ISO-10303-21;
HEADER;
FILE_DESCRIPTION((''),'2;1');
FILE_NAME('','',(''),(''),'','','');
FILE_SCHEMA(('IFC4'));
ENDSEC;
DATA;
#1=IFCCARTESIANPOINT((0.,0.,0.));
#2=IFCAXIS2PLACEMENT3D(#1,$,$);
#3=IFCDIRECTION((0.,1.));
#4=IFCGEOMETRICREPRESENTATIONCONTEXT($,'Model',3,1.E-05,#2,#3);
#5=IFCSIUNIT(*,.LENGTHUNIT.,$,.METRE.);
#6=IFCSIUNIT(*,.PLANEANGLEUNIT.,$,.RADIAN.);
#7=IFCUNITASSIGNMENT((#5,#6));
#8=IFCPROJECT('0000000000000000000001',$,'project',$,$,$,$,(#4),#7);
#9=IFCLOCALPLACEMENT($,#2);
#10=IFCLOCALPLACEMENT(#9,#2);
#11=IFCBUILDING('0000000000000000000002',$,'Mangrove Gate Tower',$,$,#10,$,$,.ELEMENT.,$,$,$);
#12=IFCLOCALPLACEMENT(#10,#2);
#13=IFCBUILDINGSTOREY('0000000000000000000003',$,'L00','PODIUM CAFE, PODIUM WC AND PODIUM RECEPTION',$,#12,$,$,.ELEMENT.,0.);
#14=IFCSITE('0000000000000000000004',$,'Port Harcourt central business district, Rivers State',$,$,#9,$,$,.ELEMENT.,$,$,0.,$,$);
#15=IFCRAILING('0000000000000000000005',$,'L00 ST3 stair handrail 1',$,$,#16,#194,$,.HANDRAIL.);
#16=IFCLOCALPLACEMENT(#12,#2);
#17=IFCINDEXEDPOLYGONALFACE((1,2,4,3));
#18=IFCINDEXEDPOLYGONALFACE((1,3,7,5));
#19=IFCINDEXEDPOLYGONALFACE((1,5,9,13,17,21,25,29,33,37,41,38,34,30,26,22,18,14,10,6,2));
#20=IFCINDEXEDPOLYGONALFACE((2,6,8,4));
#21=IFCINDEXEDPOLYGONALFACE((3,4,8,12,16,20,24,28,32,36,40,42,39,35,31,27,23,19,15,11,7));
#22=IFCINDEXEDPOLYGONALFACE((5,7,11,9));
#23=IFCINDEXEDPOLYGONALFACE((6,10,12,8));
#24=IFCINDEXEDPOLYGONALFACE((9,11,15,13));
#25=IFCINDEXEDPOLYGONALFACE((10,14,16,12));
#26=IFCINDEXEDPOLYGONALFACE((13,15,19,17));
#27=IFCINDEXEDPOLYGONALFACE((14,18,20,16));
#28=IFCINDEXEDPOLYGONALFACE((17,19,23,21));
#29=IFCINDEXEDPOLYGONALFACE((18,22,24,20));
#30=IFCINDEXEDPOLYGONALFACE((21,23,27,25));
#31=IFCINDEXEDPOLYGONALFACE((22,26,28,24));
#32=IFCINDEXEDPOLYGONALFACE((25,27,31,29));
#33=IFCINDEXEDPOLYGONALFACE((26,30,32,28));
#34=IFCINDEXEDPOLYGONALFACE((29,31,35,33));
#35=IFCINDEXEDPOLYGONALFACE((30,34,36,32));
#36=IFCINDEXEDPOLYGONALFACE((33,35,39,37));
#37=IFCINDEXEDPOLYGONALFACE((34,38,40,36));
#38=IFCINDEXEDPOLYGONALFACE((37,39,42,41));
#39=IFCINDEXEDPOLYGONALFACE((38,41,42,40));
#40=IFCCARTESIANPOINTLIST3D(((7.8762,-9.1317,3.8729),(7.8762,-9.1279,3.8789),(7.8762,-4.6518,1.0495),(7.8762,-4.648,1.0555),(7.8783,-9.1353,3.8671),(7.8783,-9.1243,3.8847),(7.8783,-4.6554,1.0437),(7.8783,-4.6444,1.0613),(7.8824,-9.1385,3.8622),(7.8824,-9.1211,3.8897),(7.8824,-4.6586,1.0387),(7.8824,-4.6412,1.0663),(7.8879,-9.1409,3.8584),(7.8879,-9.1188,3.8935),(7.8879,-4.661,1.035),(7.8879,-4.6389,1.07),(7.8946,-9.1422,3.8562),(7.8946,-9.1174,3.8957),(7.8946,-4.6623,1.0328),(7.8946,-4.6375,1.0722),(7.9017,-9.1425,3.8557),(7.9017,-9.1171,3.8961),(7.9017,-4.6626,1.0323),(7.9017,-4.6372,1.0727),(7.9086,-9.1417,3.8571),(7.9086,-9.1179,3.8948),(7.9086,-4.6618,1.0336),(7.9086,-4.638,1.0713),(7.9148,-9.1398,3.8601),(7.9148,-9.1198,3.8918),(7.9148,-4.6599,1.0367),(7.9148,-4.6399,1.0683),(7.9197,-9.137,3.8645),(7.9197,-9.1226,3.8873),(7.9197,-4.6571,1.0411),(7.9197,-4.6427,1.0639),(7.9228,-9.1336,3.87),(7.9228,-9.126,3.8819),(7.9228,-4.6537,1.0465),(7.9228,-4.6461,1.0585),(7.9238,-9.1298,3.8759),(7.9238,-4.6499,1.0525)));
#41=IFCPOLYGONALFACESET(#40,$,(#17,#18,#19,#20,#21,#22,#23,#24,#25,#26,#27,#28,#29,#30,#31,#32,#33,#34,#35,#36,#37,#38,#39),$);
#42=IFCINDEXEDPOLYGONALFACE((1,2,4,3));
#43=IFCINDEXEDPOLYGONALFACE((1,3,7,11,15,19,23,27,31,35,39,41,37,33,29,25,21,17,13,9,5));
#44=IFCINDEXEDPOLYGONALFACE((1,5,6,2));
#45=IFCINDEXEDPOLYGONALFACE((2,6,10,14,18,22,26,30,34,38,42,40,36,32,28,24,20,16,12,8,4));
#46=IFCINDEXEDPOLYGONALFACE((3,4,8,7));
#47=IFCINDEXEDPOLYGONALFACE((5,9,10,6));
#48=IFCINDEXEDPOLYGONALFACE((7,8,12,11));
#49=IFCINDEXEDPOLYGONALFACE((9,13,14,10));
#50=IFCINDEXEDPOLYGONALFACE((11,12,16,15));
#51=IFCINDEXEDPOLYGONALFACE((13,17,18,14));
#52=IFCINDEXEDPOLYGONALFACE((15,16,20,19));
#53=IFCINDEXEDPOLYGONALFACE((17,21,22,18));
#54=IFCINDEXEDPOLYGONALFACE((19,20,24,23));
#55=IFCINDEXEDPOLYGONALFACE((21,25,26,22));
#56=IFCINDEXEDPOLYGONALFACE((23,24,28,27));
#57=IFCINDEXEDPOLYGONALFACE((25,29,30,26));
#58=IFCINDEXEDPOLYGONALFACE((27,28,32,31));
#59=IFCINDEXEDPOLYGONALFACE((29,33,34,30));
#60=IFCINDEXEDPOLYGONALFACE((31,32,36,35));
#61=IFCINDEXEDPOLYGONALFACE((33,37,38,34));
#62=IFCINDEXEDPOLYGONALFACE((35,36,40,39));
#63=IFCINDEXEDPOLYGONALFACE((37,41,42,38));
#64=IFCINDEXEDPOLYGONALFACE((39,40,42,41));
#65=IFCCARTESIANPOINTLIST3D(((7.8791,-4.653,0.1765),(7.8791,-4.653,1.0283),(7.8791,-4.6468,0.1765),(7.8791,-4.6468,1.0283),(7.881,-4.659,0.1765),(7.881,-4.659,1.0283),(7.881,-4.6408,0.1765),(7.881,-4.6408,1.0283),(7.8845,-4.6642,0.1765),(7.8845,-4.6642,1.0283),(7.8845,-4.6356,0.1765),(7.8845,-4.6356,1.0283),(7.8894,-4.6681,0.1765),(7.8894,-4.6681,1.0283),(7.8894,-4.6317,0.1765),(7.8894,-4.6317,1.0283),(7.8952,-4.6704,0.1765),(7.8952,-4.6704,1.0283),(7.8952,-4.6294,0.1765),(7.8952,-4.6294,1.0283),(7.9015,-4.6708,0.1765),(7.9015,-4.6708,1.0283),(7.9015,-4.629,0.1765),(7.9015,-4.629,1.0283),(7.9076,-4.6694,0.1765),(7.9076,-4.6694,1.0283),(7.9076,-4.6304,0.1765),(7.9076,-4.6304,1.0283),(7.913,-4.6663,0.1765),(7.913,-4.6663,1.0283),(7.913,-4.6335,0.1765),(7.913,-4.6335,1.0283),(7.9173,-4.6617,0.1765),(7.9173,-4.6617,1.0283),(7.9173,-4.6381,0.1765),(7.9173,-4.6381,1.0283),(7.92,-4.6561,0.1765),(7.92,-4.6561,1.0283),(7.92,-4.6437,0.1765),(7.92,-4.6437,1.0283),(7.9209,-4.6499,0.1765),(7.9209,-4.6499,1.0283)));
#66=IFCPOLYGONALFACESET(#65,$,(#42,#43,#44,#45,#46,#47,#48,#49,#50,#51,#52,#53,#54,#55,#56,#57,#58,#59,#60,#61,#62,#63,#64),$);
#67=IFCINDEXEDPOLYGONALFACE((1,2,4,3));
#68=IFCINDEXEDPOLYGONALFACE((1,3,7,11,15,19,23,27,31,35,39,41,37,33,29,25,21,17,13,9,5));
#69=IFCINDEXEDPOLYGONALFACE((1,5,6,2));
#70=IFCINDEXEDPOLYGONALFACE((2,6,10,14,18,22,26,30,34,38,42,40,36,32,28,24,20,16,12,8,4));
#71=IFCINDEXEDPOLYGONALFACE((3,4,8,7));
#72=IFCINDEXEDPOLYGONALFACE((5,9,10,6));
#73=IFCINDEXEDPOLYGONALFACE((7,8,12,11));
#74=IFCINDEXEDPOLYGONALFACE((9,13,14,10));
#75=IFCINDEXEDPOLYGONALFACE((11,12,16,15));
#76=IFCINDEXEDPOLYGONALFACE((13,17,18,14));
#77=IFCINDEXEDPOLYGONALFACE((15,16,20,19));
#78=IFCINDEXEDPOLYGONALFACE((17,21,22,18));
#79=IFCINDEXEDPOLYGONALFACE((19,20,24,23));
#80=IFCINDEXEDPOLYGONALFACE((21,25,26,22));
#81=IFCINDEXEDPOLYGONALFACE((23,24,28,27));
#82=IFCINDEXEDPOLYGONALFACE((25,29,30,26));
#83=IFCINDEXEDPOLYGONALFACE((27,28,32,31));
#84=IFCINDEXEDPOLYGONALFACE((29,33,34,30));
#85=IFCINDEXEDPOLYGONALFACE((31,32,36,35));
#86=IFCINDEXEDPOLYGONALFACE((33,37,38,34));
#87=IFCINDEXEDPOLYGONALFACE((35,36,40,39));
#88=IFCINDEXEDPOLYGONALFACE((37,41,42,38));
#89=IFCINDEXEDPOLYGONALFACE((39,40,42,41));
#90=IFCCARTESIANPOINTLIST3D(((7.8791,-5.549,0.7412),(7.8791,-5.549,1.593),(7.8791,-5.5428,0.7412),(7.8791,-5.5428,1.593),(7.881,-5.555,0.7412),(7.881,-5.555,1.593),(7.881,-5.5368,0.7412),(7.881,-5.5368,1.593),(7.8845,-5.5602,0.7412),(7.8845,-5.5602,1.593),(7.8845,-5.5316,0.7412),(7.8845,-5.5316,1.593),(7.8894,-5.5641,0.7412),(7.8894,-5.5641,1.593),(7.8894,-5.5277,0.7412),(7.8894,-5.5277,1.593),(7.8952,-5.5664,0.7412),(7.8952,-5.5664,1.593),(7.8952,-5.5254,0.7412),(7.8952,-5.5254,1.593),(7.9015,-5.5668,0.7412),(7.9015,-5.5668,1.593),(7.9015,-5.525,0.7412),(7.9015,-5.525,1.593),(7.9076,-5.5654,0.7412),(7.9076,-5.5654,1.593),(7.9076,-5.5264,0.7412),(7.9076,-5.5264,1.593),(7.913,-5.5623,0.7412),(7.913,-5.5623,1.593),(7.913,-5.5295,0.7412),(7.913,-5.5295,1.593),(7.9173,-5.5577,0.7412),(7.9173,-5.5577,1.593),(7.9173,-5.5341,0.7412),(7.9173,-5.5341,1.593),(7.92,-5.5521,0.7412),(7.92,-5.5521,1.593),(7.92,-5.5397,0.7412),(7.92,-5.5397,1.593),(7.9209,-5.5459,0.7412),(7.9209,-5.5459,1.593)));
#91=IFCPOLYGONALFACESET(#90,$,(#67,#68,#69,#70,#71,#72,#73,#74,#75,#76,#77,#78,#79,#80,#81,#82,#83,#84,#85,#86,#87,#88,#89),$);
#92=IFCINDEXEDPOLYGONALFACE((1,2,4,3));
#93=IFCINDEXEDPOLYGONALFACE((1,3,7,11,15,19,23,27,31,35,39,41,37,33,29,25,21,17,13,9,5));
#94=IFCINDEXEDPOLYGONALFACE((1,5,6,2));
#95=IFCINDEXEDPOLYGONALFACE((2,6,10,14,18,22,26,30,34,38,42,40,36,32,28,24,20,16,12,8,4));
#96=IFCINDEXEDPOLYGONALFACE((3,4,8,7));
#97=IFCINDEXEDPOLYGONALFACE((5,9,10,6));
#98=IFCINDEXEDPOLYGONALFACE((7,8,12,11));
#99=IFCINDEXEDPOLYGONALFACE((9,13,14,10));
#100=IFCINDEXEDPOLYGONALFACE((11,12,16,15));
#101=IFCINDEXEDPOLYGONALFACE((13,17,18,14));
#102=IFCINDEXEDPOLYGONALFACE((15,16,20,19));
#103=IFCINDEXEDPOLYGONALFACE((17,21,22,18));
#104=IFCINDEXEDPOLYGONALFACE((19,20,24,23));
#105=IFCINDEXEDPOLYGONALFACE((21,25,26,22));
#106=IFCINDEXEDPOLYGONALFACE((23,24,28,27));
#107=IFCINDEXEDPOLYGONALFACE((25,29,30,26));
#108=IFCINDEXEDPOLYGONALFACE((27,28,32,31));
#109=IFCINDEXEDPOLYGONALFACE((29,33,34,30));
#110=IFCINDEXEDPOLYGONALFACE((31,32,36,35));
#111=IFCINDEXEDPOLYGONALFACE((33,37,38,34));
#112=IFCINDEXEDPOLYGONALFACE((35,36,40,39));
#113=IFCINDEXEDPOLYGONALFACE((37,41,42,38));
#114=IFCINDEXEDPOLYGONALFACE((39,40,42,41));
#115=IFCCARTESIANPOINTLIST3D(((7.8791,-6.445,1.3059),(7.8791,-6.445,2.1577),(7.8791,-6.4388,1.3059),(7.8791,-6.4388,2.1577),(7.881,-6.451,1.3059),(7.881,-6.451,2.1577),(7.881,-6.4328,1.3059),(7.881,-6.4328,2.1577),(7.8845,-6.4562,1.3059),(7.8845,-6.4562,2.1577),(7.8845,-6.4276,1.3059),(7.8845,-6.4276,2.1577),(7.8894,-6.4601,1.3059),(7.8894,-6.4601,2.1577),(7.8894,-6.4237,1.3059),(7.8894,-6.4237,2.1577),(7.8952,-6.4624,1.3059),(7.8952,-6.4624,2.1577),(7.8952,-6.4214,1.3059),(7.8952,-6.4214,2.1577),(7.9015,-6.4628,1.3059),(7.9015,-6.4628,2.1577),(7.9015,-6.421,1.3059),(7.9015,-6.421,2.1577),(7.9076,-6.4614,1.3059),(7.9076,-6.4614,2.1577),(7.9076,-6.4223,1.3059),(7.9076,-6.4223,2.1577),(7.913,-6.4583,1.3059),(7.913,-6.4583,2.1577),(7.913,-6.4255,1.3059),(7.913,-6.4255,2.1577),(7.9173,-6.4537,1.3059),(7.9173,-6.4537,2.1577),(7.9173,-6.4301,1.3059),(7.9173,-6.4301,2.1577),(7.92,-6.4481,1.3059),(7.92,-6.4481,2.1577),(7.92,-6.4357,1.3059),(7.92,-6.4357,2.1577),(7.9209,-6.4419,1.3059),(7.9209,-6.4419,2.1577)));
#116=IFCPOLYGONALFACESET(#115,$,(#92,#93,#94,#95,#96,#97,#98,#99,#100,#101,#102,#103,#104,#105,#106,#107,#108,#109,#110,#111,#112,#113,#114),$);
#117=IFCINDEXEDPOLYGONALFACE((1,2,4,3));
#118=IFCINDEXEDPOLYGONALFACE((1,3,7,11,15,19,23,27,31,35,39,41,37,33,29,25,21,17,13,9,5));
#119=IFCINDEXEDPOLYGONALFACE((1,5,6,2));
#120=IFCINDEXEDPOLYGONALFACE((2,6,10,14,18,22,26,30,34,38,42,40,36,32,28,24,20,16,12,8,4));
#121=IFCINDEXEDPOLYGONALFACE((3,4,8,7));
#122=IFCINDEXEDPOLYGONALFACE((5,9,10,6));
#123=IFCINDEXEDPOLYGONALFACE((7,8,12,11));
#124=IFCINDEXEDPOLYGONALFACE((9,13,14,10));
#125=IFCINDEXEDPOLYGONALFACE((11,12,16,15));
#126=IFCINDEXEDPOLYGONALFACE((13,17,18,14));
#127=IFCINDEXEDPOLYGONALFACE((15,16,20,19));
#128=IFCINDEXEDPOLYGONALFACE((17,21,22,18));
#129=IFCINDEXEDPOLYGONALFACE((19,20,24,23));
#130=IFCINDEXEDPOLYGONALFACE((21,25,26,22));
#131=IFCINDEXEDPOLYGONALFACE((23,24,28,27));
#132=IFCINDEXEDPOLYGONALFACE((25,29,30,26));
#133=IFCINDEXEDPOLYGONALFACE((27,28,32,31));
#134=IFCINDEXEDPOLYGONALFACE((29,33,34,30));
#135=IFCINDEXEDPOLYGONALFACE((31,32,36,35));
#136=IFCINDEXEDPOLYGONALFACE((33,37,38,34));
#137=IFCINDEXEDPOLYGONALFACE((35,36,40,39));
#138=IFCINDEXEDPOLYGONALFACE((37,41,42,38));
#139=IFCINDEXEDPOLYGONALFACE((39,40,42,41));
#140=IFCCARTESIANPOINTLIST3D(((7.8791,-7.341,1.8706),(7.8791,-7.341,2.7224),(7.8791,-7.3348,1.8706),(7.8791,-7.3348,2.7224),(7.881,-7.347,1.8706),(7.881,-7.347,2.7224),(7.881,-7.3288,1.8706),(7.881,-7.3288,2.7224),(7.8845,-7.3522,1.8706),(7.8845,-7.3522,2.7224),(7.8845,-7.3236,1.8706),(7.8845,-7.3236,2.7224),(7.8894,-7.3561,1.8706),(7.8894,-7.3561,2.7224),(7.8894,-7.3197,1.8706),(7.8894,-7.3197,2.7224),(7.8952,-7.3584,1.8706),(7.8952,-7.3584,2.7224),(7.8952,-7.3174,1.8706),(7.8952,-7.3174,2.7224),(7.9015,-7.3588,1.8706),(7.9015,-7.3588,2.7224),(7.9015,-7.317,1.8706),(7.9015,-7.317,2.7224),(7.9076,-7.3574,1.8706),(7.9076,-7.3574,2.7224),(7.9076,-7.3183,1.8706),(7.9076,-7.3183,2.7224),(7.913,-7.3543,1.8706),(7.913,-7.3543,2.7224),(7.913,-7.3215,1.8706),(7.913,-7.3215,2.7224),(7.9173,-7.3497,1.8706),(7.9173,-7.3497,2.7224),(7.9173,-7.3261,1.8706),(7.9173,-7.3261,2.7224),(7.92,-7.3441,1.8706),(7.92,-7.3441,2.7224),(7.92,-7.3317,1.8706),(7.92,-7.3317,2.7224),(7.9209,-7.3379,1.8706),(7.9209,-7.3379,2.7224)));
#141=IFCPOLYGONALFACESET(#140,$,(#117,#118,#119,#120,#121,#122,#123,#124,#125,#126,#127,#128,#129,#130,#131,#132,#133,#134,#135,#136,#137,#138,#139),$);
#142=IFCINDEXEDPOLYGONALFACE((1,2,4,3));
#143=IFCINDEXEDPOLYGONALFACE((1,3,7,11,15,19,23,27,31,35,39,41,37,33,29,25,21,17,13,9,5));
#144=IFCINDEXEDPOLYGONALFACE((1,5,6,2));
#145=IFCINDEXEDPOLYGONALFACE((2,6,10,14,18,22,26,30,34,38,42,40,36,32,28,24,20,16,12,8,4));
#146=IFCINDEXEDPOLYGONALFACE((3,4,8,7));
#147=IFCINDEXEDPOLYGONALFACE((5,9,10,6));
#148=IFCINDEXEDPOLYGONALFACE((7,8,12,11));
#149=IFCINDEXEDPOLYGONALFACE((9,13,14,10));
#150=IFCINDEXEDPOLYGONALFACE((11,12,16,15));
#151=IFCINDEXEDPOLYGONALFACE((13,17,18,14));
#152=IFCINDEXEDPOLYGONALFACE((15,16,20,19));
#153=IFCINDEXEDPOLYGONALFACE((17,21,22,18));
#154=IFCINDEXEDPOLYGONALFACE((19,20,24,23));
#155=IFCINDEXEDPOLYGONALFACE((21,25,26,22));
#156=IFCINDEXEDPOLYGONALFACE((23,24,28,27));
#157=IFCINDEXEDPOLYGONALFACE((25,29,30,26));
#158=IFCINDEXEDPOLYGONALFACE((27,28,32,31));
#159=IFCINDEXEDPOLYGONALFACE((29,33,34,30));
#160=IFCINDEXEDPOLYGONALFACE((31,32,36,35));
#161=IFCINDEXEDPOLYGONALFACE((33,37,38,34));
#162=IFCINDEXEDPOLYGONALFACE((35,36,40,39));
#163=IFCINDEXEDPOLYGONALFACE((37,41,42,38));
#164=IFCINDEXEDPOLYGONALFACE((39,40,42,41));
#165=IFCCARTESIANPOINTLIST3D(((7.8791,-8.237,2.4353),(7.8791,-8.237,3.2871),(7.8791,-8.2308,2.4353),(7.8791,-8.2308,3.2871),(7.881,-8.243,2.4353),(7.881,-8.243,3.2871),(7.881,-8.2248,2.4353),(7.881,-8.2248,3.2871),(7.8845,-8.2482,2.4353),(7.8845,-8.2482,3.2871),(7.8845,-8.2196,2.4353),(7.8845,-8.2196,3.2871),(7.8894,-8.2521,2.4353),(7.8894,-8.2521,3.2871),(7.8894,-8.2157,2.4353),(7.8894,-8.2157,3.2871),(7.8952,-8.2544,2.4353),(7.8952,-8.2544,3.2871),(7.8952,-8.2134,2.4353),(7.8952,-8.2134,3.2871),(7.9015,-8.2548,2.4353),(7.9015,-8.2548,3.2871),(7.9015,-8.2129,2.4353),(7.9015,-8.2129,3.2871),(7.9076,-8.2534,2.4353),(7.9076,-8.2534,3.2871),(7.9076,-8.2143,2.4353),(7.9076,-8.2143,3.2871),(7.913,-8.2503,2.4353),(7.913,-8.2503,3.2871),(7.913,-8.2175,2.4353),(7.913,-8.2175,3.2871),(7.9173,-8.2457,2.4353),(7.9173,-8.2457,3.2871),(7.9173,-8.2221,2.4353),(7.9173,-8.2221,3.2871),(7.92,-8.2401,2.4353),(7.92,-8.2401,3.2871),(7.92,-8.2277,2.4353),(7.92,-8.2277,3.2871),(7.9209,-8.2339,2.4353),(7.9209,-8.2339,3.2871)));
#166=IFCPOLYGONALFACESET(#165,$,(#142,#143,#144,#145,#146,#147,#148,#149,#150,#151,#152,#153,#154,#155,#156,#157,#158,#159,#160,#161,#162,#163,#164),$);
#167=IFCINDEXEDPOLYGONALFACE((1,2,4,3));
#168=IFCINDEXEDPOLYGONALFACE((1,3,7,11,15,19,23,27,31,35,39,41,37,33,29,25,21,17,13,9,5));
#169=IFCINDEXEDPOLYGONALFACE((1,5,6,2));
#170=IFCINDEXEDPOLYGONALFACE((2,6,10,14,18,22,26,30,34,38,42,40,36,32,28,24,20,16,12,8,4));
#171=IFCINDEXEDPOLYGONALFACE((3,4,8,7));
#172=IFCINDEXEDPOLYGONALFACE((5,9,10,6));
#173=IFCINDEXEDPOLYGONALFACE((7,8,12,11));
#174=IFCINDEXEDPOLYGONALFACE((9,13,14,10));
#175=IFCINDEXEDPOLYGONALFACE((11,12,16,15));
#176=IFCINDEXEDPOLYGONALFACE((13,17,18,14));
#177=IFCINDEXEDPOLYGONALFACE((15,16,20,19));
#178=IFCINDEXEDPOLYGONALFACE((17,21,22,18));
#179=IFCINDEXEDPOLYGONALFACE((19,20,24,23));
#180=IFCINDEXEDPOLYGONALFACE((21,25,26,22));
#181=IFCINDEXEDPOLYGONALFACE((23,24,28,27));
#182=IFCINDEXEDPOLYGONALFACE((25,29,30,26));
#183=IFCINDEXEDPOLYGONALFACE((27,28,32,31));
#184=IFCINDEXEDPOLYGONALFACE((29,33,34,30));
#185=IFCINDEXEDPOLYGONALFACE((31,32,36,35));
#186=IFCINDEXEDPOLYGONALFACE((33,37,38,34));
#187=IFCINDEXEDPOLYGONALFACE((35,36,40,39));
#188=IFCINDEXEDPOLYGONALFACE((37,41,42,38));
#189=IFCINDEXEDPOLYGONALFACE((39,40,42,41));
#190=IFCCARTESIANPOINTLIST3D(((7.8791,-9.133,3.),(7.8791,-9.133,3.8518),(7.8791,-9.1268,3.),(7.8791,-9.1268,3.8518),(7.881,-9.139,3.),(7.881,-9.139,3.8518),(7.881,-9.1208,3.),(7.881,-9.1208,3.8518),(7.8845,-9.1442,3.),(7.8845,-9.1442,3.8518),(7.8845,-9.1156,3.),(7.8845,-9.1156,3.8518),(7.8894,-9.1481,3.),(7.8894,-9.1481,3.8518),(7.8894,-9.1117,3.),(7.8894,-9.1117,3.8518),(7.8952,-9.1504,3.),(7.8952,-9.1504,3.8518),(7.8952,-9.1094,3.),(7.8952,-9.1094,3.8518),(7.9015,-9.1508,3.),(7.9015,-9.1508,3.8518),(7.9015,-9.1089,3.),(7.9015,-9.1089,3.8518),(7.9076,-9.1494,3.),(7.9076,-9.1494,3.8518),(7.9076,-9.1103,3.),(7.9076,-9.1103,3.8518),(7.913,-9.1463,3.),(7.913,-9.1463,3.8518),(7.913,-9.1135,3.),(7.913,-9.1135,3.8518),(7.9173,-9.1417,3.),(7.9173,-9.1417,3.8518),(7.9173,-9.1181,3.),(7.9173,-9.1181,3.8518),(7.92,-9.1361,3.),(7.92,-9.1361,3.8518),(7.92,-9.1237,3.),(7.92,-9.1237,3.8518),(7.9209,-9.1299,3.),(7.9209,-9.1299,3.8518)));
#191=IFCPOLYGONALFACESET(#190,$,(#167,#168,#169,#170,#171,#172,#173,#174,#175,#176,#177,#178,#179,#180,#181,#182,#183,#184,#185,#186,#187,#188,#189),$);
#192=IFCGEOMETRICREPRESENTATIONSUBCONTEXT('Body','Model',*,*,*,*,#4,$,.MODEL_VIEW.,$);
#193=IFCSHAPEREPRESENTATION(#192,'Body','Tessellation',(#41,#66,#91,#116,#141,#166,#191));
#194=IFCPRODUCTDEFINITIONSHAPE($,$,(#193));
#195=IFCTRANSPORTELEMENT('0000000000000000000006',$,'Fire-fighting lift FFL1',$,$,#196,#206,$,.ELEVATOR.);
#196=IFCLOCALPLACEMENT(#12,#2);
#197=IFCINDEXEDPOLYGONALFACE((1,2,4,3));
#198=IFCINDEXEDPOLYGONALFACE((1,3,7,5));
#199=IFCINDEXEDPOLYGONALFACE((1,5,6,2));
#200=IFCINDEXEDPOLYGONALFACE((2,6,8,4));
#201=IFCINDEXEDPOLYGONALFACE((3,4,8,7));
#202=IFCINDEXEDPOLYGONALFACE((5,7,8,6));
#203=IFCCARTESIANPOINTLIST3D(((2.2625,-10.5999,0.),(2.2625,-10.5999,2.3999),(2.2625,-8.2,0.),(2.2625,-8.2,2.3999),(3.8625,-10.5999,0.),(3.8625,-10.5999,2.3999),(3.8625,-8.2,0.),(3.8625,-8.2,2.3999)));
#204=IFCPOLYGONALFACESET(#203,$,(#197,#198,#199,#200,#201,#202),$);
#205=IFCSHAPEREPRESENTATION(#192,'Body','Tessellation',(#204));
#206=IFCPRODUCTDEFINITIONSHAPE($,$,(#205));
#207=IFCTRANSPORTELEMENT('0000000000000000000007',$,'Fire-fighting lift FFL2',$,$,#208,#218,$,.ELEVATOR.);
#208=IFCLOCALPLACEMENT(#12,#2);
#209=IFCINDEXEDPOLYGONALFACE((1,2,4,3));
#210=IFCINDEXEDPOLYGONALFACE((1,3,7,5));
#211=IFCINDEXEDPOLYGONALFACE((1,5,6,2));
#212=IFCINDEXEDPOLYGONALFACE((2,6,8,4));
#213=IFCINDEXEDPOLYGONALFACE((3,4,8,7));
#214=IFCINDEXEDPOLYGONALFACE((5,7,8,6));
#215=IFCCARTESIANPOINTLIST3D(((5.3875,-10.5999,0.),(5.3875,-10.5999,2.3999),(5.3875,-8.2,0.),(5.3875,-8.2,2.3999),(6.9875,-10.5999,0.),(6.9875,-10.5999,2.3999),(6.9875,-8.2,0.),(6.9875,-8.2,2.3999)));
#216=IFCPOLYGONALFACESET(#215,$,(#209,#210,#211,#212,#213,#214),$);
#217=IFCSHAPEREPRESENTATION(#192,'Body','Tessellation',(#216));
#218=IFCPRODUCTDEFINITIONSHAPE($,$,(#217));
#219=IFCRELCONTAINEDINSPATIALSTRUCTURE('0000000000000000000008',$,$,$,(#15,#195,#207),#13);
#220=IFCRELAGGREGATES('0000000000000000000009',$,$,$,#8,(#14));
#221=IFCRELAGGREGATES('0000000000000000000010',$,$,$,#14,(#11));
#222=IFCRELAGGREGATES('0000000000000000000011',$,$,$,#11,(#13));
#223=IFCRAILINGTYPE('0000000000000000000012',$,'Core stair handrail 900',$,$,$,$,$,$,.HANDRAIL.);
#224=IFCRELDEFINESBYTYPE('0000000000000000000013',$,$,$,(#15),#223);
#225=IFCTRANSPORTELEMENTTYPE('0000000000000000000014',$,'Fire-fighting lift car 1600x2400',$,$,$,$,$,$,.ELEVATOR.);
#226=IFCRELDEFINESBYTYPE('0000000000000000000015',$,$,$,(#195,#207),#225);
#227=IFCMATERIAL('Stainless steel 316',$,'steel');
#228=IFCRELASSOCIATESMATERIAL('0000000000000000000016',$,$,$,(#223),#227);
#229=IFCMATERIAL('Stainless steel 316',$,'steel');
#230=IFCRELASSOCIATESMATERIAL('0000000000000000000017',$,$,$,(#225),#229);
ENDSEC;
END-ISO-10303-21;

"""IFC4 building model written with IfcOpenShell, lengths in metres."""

from ifc_helpers import new_model, si_unit, direction, frame, origin, origin_2d, place, context, subcontext, project, spatial, rectangle, circle, extrude, material, type_object, element, save


model = new_model("IFC4")

# Units and contexts
model_context = context("Model", 3, precision=1e-05, world=origin(), true_north=direction((0.0, 1.0)))
body_context = subcontext(model_context, "Body", "Model", "MODEL_VIEW")
ifc_project = project(units=[si_unit("LENGTHUNIT", "METRE"), si_unit("PLANEANGLEUNIT", "RADIAN")], contexts=[model_context])

# Site, building, storey
site_placement = place(None, origin())
site = spatial("IfcSite", under=ifc_project, at=site_placement, Name="Port Harcourt central business district, Rivers State", CompositionType="ELEMENT", RefElevation=0.0)
building_placement = place(site_placement, origin())
building = spatial("IfcBuilding", under=site, at=building_placement, Name="Mangrove Gate Tower", CompositionType="ELEMENT")
storey_placement = place(building_placement, origin())
storey = spatial("IfcBuildingStorey", under=building, at=storey_placement, Name="L00", Description="PODIUM CAFE, PODIUM WC AND PODIUM RECEPTION", CompositionType="ELEMENT", Elevation=0.0)

# Railing
ifc_material_1 = material(Name="Stainless steel 316", Category="steel")
railing_type_1 = type_object("IfcRailingType", Name="Core stair handrail 900", PredefinedType="HANDRAIL", material=ifc_material_1)
railing_1_placement = place(storey_placement, frame((7.8999, -4.6499, 0.1765)))
element("IfcRailing", 1, at=railing_1_placement, inside=storey, type_object=railing_type_1, Name="L00 ST3 stair handrail 1", PredefinedType="HANDRAIL", context=body_context, shape_type="SweptSolid", body=[
    extrude(circle(Radius=0.0239, at=origin_2d()), frame((0.0, 0.0, 0.876), z_axis=(0.0, -0.845998, 0.533186), x_axis=(1.0, 0.0, 0.0)), (0.0, 0.0, 1.0), 5.2954),
    extrude(circle(Radius=0.021, at=origin_2d()), origin(), (0.0, 0.0, 1.0), 0.8518),
    extrude(circle(Radius=0.021, at=origin_2d()), frame((0.0, -0.896, 0.5647)), (0.0, 0.0, 1.0), 0.8518),
    extrude(circle(Radius=0.021, at=origin_2d()), frame((0.0, -1.792, 1.1294)), (0.0, 0.0, 1.0), 0.8518),
    extrude(circle(Radius=0.021, at=origin_2d()), frame((0.0, -2.688, 1.6941)), (0.0, 0.0, 1.0), 0.8518),
    extrude(circle(Radius=0.021, at=origin_2d()), frame((0.0, -3.584, 2.2588)), (0.0, 0.0, 1.0), 0.8518),
    extrude(circle(Radius=0.021, at=origin_2d()), frame((0.0, -4.48, 2.8235)), (0.0, 0.0, 1.0), 0.8518),
])

# Transport elements
ifc_material_2 = material(Name="Stainless steel 316", Category="steel")
transport_element_type = type_object("IfcTransportElementType", Name="Fire-fighting lift car 1600x2400", PredefinedType="ELEVATOR", material=ifc_material_2)
for number, where, z_axis, x_axis, name in (
    (2, (3.0625, -9.3999, 0.0), (0.0, 0.0, 1.0), (1.0, 0.0, 0.0), "Fire-fighting lift FFL1"),
    (3, (6.1875, -9.3999, 0.0), (0.0, 0.0, 1.0), (1.0, 0.0, 0.0), "Fire-fighting lift FFL2"),
):
    element("IfcTransportElement", number, at=place(storey_placement, frame(where, z_axis=z_axis, x_axis=x_axis)), inside=storey, type_object=transport_element_type, Name=name, PredefinedType="ELEVATOR", context=body_context, shape_type="SweptSolid", body=[
        extrude(rectangle(XDim=1.6001, YDim=2.3999, at=origin_2d()), origin(), (0.0, 0.0, 1.0), 2.3999),
    ])

save(model, "model.ifc")
